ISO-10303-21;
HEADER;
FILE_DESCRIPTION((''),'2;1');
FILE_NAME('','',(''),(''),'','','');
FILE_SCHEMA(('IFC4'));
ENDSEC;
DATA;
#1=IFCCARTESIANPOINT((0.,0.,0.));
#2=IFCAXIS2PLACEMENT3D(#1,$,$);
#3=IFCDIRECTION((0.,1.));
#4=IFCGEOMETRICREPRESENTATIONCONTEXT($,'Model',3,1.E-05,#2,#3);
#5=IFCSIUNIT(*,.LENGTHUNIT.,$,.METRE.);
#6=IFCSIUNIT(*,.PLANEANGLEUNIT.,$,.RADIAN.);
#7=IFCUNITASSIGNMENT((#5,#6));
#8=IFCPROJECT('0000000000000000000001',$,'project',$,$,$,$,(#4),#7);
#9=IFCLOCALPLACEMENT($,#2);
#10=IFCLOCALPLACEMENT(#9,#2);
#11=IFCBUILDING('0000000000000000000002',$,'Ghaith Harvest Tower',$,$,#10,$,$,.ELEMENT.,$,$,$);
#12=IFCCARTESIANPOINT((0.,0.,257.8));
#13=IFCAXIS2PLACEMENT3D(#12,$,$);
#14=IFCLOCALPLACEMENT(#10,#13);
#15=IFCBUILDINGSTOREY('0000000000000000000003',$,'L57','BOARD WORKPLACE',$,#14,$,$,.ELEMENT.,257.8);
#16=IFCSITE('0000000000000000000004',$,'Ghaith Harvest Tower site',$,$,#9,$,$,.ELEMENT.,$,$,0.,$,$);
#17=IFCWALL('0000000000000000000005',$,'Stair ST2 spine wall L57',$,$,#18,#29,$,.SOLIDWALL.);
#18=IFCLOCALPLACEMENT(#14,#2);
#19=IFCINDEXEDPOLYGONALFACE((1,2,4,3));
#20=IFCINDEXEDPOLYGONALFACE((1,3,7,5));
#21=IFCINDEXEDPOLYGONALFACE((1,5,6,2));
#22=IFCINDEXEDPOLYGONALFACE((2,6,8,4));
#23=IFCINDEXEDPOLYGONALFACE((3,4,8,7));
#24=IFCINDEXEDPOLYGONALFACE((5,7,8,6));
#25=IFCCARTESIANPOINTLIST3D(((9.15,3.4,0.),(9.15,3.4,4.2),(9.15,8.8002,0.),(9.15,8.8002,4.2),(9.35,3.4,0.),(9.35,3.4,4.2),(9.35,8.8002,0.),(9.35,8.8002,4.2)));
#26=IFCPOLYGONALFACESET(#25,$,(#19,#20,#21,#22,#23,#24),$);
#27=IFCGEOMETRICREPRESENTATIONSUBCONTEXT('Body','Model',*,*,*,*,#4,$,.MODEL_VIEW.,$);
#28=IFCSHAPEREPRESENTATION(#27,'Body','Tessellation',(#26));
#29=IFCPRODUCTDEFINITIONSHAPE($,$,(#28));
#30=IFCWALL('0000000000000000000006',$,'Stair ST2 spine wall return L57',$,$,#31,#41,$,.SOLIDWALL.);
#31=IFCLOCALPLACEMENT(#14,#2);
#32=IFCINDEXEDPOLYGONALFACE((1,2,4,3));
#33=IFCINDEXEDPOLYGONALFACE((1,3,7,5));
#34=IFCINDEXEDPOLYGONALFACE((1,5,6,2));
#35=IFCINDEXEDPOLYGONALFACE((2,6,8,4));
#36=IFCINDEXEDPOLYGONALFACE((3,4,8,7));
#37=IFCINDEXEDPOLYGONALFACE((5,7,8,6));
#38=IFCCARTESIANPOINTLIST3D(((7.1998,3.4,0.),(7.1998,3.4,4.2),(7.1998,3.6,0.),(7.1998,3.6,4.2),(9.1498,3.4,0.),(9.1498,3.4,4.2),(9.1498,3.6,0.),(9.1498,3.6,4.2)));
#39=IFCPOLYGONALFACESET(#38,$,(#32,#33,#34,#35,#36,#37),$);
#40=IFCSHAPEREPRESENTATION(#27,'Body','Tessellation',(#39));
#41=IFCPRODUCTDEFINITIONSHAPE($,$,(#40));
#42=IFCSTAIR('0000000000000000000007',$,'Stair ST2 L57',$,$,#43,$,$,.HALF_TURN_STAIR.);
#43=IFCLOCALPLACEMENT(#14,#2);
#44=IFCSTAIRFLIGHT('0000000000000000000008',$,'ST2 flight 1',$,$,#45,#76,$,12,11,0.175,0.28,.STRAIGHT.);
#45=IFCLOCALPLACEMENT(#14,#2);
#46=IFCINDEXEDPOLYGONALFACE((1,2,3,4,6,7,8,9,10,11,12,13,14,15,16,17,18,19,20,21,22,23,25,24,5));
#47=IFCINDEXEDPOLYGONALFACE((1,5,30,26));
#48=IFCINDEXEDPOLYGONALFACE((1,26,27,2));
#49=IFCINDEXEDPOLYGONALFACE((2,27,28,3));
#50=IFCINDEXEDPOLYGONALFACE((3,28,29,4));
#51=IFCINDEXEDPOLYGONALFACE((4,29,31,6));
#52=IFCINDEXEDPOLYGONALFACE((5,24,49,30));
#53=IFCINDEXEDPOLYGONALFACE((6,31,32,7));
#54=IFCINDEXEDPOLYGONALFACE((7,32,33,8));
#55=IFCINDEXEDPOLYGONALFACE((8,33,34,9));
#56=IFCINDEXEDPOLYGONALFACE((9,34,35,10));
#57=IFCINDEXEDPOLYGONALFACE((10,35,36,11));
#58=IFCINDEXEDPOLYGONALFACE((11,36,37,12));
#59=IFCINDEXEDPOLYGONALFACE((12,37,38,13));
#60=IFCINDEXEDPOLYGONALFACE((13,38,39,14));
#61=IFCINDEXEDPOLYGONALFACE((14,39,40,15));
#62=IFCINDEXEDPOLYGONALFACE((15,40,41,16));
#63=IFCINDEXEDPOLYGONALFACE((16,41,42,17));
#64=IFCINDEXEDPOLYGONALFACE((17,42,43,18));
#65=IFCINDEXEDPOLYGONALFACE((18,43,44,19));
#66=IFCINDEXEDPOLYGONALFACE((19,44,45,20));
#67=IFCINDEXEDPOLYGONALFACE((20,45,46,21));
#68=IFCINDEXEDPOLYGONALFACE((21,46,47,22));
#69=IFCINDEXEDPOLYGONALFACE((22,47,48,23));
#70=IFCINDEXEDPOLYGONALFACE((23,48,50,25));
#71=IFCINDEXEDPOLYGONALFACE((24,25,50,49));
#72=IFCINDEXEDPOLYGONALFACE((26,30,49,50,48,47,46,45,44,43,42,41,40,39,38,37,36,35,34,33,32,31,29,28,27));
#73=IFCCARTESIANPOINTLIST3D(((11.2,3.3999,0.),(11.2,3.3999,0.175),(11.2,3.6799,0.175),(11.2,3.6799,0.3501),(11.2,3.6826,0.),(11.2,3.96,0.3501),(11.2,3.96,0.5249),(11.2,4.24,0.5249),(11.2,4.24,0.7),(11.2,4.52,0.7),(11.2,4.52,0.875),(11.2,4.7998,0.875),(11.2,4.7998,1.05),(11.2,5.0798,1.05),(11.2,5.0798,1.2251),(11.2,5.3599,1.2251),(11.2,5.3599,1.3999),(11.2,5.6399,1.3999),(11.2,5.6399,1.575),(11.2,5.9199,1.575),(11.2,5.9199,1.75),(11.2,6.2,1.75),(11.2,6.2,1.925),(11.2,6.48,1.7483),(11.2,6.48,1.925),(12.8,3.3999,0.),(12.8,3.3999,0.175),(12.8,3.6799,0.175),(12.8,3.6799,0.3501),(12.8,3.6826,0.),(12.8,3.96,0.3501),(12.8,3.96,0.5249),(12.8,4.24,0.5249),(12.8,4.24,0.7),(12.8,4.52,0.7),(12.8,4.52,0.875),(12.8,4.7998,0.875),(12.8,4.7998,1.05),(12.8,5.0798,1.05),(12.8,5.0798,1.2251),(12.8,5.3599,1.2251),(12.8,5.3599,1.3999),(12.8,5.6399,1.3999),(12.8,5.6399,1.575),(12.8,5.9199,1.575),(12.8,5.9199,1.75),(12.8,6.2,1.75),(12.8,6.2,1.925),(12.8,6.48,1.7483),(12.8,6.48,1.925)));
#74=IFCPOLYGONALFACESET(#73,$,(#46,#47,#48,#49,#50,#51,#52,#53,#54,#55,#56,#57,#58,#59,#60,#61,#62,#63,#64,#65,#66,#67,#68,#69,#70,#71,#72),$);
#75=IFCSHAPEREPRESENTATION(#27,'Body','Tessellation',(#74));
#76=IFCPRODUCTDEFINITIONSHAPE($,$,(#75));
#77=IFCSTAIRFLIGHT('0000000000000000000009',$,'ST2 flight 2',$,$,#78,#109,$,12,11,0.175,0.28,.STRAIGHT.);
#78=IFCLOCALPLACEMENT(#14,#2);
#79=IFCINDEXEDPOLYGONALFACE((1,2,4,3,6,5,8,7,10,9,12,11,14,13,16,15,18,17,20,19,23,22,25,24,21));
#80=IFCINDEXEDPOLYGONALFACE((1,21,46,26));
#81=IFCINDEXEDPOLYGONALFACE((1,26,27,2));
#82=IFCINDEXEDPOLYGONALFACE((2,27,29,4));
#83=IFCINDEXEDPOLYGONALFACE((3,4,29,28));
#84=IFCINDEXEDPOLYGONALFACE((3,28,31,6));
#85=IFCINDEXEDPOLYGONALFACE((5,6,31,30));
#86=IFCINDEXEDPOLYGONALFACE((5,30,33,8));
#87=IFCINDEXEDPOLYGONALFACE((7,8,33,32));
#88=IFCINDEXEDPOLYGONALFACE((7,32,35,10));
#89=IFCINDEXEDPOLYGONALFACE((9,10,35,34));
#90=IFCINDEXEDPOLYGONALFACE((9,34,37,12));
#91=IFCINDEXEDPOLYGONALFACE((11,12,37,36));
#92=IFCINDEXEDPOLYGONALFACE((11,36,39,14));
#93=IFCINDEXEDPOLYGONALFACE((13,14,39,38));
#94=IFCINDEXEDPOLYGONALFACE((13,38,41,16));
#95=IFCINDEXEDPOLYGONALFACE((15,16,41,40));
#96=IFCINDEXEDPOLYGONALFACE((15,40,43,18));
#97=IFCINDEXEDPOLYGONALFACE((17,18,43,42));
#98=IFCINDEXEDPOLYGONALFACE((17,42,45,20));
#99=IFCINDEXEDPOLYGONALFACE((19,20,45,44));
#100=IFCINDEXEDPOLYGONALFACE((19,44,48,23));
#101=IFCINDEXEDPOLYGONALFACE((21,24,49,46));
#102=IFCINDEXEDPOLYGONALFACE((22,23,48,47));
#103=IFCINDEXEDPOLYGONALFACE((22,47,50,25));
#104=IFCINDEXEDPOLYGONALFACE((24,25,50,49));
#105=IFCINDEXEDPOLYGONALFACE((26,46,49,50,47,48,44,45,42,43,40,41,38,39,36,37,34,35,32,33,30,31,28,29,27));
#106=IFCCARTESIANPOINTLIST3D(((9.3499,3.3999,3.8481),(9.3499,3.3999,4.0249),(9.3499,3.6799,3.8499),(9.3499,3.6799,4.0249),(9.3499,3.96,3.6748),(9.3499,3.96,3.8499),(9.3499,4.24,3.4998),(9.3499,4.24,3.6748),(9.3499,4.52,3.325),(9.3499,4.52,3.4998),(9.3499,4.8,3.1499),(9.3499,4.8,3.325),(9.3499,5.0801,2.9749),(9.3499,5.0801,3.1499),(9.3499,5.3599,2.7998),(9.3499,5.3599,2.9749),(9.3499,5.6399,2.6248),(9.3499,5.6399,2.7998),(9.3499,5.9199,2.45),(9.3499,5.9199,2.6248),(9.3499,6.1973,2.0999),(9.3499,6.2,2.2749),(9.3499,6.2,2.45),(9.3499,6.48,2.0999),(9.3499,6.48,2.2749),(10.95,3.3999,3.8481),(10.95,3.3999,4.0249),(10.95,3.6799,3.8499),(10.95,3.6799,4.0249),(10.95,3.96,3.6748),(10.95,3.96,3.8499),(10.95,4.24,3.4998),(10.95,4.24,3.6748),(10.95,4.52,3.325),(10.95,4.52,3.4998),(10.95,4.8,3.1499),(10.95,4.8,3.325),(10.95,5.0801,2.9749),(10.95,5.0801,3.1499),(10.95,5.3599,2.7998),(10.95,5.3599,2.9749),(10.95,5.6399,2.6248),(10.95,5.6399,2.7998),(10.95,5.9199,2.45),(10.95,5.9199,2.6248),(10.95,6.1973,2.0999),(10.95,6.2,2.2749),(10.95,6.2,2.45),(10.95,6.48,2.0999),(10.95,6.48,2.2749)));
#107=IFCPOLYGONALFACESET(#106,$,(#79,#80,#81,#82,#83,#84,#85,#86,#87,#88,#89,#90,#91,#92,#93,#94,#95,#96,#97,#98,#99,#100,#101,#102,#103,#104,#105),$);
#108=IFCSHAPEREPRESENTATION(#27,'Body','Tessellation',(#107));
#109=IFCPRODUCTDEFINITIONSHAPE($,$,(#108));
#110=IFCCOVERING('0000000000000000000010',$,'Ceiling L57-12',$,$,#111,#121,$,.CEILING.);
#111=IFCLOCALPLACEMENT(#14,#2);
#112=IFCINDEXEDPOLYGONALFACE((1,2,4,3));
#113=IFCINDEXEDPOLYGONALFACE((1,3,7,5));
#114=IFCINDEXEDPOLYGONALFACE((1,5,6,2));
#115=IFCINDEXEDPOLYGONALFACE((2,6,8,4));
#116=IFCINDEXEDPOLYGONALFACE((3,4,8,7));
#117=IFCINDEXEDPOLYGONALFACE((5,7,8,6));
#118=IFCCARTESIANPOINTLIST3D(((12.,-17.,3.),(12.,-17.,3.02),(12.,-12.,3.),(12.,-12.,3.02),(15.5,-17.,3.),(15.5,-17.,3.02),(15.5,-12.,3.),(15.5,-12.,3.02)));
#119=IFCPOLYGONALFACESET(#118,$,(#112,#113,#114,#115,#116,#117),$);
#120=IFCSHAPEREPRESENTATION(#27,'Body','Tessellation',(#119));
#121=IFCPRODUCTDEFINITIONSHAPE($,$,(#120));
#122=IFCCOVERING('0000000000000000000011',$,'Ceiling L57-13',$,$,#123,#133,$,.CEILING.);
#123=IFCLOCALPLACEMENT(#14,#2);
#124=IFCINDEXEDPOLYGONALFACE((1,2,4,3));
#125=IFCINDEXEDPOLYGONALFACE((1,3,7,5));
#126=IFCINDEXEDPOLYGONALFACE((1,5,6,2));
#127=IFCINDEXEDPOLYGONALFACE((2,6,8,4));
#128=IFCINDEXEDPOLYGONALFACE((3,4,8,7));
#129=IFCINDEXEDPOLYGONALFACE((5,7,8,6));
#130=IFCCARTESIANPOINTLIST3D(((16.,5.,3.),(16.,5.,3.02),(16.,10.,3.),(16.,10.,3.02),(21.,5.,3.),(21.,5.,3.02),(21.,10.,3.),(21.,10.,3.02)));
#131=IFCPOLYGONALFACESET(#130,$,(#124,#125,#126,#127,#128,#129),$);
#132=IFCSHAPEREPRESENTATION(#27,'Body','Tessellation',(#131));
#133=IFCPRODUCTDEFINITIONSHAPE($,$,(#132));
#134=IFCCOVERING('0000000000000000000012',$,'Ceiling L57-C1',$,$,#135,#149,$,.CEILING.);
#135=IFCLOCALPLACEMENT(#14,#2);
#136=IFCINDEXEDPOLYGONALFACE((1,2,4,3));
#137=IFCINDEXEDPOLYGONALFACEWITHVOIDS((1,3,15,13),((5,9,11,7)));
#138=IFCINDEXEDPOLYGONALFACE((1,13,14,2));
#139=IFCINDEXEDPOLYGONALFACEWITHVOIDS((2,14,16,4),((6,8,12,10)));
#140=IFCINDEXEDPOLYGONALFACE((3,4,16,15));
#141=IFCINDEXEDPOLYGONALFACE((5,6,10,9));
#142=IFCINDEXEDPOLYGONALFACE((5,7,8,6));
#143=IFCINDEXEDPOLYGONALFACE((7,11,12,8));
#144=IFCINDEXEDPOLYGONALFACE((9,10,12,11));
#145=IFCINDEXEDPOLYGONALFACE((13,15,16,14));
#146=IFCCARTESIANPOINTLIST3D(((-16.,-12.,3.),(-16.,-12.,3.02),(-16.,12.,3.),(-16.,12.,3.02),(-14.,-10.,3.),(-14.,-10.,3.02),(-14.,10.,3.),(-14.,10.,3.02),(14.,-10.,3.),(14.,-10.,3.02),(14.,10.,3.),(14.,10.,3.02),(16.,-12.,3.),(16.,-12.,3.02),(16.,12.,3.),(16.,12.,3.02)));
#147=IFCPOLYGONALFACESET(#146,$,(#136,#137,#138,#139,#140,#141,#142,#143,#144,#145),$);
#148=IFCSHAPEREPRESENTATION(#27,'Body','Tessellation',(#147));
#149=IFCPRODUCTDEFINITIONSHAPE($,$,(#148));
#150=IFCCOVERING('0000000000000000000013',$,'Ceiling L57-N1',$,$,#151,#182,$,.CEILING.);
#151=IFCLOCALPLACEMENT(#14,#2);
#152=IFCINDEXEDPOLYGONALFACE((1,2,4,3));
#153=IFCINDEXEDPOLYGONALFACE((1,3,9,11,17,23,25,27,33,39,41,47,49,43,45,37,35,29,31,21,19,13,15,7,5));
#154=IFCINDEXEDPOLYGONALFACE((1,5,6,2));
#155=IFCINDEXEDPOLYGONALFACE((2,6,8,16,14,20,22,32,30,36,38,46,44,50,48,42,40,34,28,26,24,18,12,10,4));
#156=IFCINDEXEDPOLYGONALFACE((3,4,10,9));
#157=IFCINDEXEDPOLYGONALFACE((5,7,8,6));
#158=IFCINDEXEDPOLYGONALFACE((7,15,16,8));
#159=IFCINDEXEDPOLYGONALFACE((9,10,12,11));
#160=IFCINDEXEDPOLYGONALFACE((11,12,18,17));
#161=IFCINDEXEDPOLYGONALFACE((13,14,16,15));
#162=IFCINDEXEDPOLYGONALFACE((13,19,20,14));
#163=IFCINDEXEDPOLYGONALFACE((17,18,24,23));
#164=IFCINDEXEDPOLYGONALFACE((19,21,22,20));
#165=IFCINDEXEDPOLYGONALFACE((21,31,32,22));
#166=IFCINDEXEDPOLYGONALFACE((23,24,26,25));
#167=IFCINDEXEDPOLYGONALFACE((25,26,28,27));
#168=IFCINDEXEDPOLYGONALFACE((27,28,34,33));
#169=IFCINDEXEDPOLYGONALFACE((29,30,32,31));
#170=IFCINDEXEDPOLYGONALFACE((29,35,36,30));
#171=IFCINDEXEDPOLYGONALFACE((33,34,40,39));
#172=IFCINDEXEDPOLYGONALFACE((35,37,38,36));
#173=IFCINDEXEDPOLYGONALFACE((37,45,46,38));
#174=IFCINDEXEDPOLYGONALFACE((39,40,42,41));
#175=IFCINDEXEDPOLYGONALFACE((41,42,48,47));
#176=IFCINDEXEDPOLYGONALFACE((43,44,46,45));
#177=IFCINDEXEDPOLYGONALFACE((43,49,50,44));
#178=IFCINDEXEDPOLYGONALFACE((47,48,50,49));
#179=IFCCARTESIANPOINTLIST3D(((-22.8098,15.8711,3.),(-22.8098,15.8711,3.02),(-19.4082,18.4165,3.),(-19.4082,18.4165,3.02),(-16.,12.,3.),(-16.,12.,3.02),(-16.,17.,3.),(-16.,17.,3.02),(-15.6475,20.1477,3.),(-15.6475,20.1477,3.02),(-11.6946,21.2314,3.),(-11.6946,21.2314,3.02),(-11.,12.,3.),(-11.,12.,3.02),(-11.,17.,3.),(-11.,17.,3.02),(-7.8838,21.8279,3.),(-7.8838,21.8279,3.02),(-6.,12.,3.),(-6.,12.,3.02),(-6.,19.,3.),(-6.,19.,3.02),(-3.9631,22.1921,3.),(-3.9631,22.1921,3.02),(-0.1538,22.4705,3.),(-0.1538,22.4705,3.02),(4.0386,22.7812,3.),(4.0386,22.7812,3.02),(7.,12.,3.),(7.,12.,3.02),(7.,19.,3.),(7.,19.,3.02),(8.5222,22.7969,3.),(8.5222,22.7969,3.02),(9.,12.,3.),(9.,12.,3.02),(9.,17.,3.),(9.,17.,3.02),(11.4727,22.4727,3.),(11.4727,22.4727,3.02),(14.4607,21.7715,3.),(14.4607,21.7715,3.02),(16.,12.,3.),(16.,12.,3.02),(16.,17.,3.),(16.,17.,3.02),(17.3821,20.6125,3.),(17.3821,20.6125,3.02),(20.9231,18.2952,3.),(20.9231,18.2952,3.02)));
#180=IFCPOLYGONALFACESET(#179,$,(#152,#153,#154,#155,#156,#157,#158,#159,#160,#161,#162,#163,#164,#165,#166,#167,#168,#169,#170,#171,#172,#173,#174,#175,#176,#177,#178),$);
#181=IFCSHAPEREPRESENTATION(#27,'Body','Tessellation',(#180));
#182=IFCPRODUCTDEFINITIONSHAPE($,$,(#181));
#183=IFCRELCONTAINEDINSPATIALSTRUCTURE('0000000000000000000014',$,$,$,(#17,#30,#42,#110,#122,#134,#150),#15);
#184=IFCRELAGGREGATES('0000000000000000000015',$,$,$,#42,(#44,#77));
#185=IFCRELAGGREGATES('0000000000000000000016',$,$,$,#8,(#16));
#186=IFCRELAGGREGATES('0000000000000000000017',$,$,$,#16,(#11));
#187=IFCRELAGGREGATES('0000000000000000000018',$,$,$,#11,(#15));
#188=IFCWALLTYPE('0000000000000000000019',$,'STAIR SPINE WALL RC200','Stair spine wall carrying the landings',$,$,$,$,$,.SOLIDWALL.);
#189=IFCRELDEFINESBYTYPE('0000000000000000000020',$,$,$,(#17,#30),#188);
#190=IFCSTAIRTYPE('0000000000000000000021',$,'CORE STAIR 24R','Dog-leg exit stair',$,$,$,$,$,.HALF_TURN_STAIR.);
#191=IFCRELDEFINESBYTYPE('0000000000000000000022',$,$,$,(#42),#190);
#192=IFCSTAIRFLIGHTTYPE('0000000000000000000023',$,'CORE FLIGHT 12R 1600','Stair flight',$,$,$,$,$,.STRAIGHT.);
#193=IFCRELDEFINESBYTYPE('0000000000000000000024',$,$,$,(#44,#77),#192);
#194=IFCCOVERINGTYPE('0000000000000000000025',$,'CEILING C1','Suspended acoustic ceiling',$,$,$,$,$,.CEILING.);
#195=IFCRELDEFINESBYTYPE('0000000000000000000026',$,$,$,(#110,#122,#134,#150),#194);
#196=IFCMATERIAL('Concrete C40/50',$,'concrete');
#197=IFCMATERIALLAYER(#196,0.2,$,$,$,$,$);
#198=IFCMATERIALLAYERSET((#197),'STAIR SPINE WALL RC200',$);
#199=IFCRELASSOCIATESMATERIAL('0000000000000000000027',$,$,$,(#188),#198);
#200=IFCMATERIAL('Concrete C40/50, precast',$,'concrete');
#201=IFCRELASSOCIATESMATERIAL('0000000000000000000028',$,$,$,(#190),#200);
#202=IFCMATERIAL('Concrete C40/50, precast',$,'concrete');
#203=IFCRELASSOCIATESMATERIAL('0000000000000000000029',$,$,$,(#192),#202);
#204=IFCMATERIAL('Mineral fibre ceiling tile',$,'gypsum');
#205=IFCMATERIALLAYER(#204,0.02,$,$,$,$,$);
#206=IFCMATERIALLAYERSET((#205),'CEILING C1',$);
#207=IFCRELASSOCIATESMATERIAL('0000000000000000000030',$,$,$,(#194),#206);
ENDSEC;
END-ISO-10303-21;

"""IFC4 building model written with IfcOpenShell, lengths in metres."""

from ifc_helpers import new_model, si_unit, direction, frame, frame_2d, origin, place, context, subcontext, project, spatial, polyline, rectangle, outline, extrude, material, layer, layer_set, type_object, element, aggregate, save


model = new_model("IFC4")

# Units and contexts
model_context = context("Model", 3, precision=1e-05, world=origin(), true_north=direction((0.0, 1.0)))
body_context = subcontext(model_context, "Body", "Model", "MODEL_VIEW")
ifc_project = project(units=[si_unit("LENGTHUNIT", "METRE"), si_unit("PLANEANGLEUNIT", "RADIAN")], contexts=[model_context])

# Site, building, storey
site_placement = place(None, origin())
site = spatial("IfcSite", under=ifc_project, at=site_placement, Name="Ghaith Harvest Tower site", CompositionType="ELEMENT", RefElevation=0.0)
building_placement = place(site_placement, origin())
building = spatial("IfcBuilding", under=site, at=building_placement, Name="Ghaith Harvest Tower", CompositionType="ELEMENT")
storey_placement = place(building_placement, frame((0.0, 0.0, 257.8)))
storey = spatial("IfcBuildingStorey", under=building, at=storey_placement, Name="L57", Description="BOARD WORKPLACE", CompositionType="ELEMENT", Elevation=257.8)

# Walls
ifc_material_1 = material(Name="Concrete C40/50", Category="concrete")
ifc_layer_1 = layer(ifc_material_1, 0.2)
ifc_layer_set_1 = layer_set([ifc_layer_1], Name="STAIR SPINE WALL RC200")
wall_type_1 = type_object("IfcWallType", Name="STAIR SPINE WALL RC200", Description="Stair spine wall carrying the landings", PredefinedType="SOLIDWALL", material=ifc_layer_set_1)
wall_1_placement = place(storey_placement, frame((9.25, 3.3999, 0.0), z_axis=(0.0, 0.0, 1.0), x_axis=(0.0, 1.0, 0.0)))
element("IfcWall", 1, at=wall_1_placement, inside=storey, type_object=wall_type_1, Name="Stair ST2 spine wall L57", PredefinedType="SOLIDWALL", context=body_context, shape_type="SweptSolid", body=[
    extrude(rectangle(XDim=5.4001, YDim=0.2, at=frame_2d((2.7002, 0.0))), origin(), (0.0, 0.0, 1.0), 4.2),
])
wall_2_placement = place(storey_placement, frame((9.1499, 3.5, 0.0), z_axis=(0.0, 0.0, 1.0), x_axis=(-1.0, 0.0, 0.0)))
element("IfcWall", 2, at=wall_2_placement, inside=storey, type_object=wall_type_1, Name="Stair ST2 spine wall return L57", PredefinedType="SOLIDWALL", context=body_context, shape_type="SweptSolid", body=[
    extrude(rectangle(XDim=1.95, YDim=0.2, at=frame_2d((0.9751, 0.0))), origin(), (0.0, 0.0, 1.0), 4.2),
])

# Stair, stair flights
ifc_material_2 = material(Name="Concrete C40/50, precast", Category="concrete")
stair_type = type_object("IfcStairType", Name="CORE STAIR 24R", Description="Dog-leg exit stair", PredefinedType="HALF_TURN_STAIR", material=ifc_material_2)
stair_placement = place(storey_placement, origin())
stair = element("IfcStair", 3, at=stair_placement, inside=storey, type_object=stair_type, Name="Stair ST2 L57", PredefinedType="HALF_TURN_STAIR")
ifc_material_3 = material(Name="Concrete C40/50, precast", Category="concrete")
stair_flight_type = type_object("IfcStairFlightType", Name="CORE FLIGHT 12R 1600", Description="Stair flight", PredefinedType="STRAIGHT", material=ifc_material_3)
stair_flight_1_placement = place(storey_placement, frame((12.0, 3.3999, 0.0), z_axis=(0.0, 0.0, 1.0), x_axis=(0.0, 1.0, 0.0)))
stair_flight_1 = element("IfcStairFlight", 4, at=stair_flight_1_placement, type_object=stair_flight_type, Name="ST2 flight 1", NumberOfRisers=12, NumberOfTreads=11, PredefinedType="STRAIGHT", RiserHeight=0.175, TreadLength=0.28, context=body_context, shape_type="SweptSolid", body=[
    extrude(outline(polyline([(0.0, 0.0), (0.0, 0.175), (0.28, 0.175), (0.28, 0.3501), (0.5601, 0.3501), (0.5601, 0.5249), (0.8401, 0.5249), (0.8401, 0.7), (1.1201, 0.7), (1.1201, 0.875), (1.3999, 0.875), (1.3999, 1.05), (1.6799, 1.05), (1.6799, 1.2251), (1.96, 1.2251), (1.96, 1.3999), (2.24, 1.3999), (2.24, 1.575), (2.52, 1.575), (2.52, 1.75), (2.8, 1.75), (2.8, 1.925), (3.0801, 1.925), (3.0801, 2.1001), (3.0801, 1.7483), (0.2827, 0.0), (0.0, 0.0)])), frame((0.0, 0.8, 0.0), z_axis=(0.0, -1.0, 0.0), x_axis=(1.0, 0.0, 0.0)), (0.0, 0.0, 1.0), 1.6001),
])
stair_flight_2_placement = place(storey_placement, frame((10.1499, 6.48, 2.0999), z_axis=(0.0, 0.0, 1.0), x_axis=(0.0, -1.0, 0.0)))
stair_flight_2 = element("IfcStairFlight", 5, at=stair_flight_2_placement, type_object=stair_flight_type, Name="ST2 flight 2", NumberOfRisers=12, NumberOfTreads=11, PredefinedType="STRAIGHT", RiserHeight=0.175, TreadLength=0.28, context=body_context, shape_type="SweptSolid", body=[
    extrude(outline(polyline([(0.0, 0.0), (0.0, 0.175), (0.28, 0.175), (0.28, 0.3501), (0.5601, 0.3501), (0.5601, 0.5249), (0.8401, 0.5249), (0.8401, 0.7), (1.1201, 0.7), (1.1201, 0.875), (1.3999, 0.875), (1.3999, 1.05), (1.6799, 1.05), (1.6799, 1.2251), (1.96, 1.2251), (1.96, 1.3999), (2.24, 1.3999), (2.24, 1.575), (2.52, 1.575), (2.52, 1.75), (2.8, 1.75), (2.8, 1.925), (3.0801, 1.925), (3.0801, 2.1001), (3.0801, 1.7483), (0.2827, 0.0), (0.0, 0.0)])), frame((0.0, 0.8, 0.0), z_axis=(0.0, -1.0, 0.0), x_axis=(1.0, 0.0, 0.0)), (0.0, 0.0, 1.0), 1.6001),
])
aggregate(stair, [stair_flight_1, stair_flight_2])

# Coverings
ifc_material_4 = material(Name="Mineral fibre ceiling tile", Category="gypsum")
ifc_layer_2 = layer(ifc_material_4, 0.02)
ifc_layer_set_2 = layer_set([ifc_layer_2], Name="CEILING C1")
covering_type = type_object("IfcCoveringType", Name="CEILING C1", Description="Suspended acoustic ceiling", PredefinedType="CEILING", material=ifc_layer_set_2)
covering_1_placement = place(storey_placement, frame((0.0, 0.0, 3.0)))
element("IfcCovering", 6, at=covering_1_placement, inside=storey, type_object=covering_type, Name="Ceiling L57-12", PredefinedType="CEILING", context=body_context, shape_type="SweptSolid", body=[
    extrude(outline(polyline([(12.0, -17.0), (15.5, -17.0), (15.5, -12.0), (12.0, -12.0), (12.0, -17.0)])), origin(), (0.0, 0.0, 1.0), 0.02),
])
covering_2_placement = place(storey_placement, frame((0.0, 0.0, 3.0)))
element("IfcCovering", 7, at=covering_2_placement, inside=storey, type_object=covering_type, Name="Ceiling L57-13", PredefinedType="CEILING", context=body_context, shape_type="SweptSolid", body=[
    extrude(outline(polyline([(16.0, 5.0), (21.0, 5.0), (21.0, 10.0), (16.0, 10.0), (16.0, 5.0)])), origin(), (0.0, 0.0, 1.0), 0.02),
])
covering_3_placement = place(storey_placement, frame((0.0, 0.0, 3.0)))
element("IfcCovering", 8, at=covering_3_placement, inside=storey, type_object=covering_type, Name="Ceiling L57-C1", PredefinedType="CEILING", context=body_context, shape_type="SweptSolid", body=[
    extrude(outline(polyline([(-16.0, 12.0), (16.0, 12.0), (16.0, -12.0), (-16.0, -12.0), (-16.0, 12.0)]), holes=[polyline([(-14.0, 10.0), (-14.0, -10.0), (14.0, -10.0), (14.0, 10.0), (-14.0, 10.0)])]), origin(), (0.0, 0.0, 1.0), 0.02),
])
covering_4_placement = place(storey_placement, frame((0.0, 0.0, 3.0)))
element("IfcCovering", 9, at=covering_4_placement, inside=storey, type_object=covering_type, Name="Ceiling L57-N1", PredefinedType="CEILING", context=body_context, shape_type="SweptSolid", body=[
    extrude(outline(polyline([(-19.4082, 18.4165), (-15.6475, 20.1477), (-11.6946, 21.2314), (-7.8838, 21.8279), (-3.9631, 22.1921), (-0.1538, 22.4705), (4.0386, 22.7812), (8.5222, 22.7969), (11.4727, 22.4727), (14.4607, 21.7715), (17.3821, 20.6125), (20.9231, 18.2952), (16.0, 12.0), (16.0, 17.0), (9.0, 17.0), (9.0, 12.0), (7.0, 12.0), (7.0, 19.0), (-6.0, 19.0), (-6.0, 12.0), (-11.0, 12.0), (-11.0, 17.0), (-16.0, 17.0), (-16.0, 12.0), (-22.8098, 15.8711), (-19.4082, 18.4165)])), origin(), (0.0, 0.0, 1.0), 0.02),
])

save(model, "model.ifc")
